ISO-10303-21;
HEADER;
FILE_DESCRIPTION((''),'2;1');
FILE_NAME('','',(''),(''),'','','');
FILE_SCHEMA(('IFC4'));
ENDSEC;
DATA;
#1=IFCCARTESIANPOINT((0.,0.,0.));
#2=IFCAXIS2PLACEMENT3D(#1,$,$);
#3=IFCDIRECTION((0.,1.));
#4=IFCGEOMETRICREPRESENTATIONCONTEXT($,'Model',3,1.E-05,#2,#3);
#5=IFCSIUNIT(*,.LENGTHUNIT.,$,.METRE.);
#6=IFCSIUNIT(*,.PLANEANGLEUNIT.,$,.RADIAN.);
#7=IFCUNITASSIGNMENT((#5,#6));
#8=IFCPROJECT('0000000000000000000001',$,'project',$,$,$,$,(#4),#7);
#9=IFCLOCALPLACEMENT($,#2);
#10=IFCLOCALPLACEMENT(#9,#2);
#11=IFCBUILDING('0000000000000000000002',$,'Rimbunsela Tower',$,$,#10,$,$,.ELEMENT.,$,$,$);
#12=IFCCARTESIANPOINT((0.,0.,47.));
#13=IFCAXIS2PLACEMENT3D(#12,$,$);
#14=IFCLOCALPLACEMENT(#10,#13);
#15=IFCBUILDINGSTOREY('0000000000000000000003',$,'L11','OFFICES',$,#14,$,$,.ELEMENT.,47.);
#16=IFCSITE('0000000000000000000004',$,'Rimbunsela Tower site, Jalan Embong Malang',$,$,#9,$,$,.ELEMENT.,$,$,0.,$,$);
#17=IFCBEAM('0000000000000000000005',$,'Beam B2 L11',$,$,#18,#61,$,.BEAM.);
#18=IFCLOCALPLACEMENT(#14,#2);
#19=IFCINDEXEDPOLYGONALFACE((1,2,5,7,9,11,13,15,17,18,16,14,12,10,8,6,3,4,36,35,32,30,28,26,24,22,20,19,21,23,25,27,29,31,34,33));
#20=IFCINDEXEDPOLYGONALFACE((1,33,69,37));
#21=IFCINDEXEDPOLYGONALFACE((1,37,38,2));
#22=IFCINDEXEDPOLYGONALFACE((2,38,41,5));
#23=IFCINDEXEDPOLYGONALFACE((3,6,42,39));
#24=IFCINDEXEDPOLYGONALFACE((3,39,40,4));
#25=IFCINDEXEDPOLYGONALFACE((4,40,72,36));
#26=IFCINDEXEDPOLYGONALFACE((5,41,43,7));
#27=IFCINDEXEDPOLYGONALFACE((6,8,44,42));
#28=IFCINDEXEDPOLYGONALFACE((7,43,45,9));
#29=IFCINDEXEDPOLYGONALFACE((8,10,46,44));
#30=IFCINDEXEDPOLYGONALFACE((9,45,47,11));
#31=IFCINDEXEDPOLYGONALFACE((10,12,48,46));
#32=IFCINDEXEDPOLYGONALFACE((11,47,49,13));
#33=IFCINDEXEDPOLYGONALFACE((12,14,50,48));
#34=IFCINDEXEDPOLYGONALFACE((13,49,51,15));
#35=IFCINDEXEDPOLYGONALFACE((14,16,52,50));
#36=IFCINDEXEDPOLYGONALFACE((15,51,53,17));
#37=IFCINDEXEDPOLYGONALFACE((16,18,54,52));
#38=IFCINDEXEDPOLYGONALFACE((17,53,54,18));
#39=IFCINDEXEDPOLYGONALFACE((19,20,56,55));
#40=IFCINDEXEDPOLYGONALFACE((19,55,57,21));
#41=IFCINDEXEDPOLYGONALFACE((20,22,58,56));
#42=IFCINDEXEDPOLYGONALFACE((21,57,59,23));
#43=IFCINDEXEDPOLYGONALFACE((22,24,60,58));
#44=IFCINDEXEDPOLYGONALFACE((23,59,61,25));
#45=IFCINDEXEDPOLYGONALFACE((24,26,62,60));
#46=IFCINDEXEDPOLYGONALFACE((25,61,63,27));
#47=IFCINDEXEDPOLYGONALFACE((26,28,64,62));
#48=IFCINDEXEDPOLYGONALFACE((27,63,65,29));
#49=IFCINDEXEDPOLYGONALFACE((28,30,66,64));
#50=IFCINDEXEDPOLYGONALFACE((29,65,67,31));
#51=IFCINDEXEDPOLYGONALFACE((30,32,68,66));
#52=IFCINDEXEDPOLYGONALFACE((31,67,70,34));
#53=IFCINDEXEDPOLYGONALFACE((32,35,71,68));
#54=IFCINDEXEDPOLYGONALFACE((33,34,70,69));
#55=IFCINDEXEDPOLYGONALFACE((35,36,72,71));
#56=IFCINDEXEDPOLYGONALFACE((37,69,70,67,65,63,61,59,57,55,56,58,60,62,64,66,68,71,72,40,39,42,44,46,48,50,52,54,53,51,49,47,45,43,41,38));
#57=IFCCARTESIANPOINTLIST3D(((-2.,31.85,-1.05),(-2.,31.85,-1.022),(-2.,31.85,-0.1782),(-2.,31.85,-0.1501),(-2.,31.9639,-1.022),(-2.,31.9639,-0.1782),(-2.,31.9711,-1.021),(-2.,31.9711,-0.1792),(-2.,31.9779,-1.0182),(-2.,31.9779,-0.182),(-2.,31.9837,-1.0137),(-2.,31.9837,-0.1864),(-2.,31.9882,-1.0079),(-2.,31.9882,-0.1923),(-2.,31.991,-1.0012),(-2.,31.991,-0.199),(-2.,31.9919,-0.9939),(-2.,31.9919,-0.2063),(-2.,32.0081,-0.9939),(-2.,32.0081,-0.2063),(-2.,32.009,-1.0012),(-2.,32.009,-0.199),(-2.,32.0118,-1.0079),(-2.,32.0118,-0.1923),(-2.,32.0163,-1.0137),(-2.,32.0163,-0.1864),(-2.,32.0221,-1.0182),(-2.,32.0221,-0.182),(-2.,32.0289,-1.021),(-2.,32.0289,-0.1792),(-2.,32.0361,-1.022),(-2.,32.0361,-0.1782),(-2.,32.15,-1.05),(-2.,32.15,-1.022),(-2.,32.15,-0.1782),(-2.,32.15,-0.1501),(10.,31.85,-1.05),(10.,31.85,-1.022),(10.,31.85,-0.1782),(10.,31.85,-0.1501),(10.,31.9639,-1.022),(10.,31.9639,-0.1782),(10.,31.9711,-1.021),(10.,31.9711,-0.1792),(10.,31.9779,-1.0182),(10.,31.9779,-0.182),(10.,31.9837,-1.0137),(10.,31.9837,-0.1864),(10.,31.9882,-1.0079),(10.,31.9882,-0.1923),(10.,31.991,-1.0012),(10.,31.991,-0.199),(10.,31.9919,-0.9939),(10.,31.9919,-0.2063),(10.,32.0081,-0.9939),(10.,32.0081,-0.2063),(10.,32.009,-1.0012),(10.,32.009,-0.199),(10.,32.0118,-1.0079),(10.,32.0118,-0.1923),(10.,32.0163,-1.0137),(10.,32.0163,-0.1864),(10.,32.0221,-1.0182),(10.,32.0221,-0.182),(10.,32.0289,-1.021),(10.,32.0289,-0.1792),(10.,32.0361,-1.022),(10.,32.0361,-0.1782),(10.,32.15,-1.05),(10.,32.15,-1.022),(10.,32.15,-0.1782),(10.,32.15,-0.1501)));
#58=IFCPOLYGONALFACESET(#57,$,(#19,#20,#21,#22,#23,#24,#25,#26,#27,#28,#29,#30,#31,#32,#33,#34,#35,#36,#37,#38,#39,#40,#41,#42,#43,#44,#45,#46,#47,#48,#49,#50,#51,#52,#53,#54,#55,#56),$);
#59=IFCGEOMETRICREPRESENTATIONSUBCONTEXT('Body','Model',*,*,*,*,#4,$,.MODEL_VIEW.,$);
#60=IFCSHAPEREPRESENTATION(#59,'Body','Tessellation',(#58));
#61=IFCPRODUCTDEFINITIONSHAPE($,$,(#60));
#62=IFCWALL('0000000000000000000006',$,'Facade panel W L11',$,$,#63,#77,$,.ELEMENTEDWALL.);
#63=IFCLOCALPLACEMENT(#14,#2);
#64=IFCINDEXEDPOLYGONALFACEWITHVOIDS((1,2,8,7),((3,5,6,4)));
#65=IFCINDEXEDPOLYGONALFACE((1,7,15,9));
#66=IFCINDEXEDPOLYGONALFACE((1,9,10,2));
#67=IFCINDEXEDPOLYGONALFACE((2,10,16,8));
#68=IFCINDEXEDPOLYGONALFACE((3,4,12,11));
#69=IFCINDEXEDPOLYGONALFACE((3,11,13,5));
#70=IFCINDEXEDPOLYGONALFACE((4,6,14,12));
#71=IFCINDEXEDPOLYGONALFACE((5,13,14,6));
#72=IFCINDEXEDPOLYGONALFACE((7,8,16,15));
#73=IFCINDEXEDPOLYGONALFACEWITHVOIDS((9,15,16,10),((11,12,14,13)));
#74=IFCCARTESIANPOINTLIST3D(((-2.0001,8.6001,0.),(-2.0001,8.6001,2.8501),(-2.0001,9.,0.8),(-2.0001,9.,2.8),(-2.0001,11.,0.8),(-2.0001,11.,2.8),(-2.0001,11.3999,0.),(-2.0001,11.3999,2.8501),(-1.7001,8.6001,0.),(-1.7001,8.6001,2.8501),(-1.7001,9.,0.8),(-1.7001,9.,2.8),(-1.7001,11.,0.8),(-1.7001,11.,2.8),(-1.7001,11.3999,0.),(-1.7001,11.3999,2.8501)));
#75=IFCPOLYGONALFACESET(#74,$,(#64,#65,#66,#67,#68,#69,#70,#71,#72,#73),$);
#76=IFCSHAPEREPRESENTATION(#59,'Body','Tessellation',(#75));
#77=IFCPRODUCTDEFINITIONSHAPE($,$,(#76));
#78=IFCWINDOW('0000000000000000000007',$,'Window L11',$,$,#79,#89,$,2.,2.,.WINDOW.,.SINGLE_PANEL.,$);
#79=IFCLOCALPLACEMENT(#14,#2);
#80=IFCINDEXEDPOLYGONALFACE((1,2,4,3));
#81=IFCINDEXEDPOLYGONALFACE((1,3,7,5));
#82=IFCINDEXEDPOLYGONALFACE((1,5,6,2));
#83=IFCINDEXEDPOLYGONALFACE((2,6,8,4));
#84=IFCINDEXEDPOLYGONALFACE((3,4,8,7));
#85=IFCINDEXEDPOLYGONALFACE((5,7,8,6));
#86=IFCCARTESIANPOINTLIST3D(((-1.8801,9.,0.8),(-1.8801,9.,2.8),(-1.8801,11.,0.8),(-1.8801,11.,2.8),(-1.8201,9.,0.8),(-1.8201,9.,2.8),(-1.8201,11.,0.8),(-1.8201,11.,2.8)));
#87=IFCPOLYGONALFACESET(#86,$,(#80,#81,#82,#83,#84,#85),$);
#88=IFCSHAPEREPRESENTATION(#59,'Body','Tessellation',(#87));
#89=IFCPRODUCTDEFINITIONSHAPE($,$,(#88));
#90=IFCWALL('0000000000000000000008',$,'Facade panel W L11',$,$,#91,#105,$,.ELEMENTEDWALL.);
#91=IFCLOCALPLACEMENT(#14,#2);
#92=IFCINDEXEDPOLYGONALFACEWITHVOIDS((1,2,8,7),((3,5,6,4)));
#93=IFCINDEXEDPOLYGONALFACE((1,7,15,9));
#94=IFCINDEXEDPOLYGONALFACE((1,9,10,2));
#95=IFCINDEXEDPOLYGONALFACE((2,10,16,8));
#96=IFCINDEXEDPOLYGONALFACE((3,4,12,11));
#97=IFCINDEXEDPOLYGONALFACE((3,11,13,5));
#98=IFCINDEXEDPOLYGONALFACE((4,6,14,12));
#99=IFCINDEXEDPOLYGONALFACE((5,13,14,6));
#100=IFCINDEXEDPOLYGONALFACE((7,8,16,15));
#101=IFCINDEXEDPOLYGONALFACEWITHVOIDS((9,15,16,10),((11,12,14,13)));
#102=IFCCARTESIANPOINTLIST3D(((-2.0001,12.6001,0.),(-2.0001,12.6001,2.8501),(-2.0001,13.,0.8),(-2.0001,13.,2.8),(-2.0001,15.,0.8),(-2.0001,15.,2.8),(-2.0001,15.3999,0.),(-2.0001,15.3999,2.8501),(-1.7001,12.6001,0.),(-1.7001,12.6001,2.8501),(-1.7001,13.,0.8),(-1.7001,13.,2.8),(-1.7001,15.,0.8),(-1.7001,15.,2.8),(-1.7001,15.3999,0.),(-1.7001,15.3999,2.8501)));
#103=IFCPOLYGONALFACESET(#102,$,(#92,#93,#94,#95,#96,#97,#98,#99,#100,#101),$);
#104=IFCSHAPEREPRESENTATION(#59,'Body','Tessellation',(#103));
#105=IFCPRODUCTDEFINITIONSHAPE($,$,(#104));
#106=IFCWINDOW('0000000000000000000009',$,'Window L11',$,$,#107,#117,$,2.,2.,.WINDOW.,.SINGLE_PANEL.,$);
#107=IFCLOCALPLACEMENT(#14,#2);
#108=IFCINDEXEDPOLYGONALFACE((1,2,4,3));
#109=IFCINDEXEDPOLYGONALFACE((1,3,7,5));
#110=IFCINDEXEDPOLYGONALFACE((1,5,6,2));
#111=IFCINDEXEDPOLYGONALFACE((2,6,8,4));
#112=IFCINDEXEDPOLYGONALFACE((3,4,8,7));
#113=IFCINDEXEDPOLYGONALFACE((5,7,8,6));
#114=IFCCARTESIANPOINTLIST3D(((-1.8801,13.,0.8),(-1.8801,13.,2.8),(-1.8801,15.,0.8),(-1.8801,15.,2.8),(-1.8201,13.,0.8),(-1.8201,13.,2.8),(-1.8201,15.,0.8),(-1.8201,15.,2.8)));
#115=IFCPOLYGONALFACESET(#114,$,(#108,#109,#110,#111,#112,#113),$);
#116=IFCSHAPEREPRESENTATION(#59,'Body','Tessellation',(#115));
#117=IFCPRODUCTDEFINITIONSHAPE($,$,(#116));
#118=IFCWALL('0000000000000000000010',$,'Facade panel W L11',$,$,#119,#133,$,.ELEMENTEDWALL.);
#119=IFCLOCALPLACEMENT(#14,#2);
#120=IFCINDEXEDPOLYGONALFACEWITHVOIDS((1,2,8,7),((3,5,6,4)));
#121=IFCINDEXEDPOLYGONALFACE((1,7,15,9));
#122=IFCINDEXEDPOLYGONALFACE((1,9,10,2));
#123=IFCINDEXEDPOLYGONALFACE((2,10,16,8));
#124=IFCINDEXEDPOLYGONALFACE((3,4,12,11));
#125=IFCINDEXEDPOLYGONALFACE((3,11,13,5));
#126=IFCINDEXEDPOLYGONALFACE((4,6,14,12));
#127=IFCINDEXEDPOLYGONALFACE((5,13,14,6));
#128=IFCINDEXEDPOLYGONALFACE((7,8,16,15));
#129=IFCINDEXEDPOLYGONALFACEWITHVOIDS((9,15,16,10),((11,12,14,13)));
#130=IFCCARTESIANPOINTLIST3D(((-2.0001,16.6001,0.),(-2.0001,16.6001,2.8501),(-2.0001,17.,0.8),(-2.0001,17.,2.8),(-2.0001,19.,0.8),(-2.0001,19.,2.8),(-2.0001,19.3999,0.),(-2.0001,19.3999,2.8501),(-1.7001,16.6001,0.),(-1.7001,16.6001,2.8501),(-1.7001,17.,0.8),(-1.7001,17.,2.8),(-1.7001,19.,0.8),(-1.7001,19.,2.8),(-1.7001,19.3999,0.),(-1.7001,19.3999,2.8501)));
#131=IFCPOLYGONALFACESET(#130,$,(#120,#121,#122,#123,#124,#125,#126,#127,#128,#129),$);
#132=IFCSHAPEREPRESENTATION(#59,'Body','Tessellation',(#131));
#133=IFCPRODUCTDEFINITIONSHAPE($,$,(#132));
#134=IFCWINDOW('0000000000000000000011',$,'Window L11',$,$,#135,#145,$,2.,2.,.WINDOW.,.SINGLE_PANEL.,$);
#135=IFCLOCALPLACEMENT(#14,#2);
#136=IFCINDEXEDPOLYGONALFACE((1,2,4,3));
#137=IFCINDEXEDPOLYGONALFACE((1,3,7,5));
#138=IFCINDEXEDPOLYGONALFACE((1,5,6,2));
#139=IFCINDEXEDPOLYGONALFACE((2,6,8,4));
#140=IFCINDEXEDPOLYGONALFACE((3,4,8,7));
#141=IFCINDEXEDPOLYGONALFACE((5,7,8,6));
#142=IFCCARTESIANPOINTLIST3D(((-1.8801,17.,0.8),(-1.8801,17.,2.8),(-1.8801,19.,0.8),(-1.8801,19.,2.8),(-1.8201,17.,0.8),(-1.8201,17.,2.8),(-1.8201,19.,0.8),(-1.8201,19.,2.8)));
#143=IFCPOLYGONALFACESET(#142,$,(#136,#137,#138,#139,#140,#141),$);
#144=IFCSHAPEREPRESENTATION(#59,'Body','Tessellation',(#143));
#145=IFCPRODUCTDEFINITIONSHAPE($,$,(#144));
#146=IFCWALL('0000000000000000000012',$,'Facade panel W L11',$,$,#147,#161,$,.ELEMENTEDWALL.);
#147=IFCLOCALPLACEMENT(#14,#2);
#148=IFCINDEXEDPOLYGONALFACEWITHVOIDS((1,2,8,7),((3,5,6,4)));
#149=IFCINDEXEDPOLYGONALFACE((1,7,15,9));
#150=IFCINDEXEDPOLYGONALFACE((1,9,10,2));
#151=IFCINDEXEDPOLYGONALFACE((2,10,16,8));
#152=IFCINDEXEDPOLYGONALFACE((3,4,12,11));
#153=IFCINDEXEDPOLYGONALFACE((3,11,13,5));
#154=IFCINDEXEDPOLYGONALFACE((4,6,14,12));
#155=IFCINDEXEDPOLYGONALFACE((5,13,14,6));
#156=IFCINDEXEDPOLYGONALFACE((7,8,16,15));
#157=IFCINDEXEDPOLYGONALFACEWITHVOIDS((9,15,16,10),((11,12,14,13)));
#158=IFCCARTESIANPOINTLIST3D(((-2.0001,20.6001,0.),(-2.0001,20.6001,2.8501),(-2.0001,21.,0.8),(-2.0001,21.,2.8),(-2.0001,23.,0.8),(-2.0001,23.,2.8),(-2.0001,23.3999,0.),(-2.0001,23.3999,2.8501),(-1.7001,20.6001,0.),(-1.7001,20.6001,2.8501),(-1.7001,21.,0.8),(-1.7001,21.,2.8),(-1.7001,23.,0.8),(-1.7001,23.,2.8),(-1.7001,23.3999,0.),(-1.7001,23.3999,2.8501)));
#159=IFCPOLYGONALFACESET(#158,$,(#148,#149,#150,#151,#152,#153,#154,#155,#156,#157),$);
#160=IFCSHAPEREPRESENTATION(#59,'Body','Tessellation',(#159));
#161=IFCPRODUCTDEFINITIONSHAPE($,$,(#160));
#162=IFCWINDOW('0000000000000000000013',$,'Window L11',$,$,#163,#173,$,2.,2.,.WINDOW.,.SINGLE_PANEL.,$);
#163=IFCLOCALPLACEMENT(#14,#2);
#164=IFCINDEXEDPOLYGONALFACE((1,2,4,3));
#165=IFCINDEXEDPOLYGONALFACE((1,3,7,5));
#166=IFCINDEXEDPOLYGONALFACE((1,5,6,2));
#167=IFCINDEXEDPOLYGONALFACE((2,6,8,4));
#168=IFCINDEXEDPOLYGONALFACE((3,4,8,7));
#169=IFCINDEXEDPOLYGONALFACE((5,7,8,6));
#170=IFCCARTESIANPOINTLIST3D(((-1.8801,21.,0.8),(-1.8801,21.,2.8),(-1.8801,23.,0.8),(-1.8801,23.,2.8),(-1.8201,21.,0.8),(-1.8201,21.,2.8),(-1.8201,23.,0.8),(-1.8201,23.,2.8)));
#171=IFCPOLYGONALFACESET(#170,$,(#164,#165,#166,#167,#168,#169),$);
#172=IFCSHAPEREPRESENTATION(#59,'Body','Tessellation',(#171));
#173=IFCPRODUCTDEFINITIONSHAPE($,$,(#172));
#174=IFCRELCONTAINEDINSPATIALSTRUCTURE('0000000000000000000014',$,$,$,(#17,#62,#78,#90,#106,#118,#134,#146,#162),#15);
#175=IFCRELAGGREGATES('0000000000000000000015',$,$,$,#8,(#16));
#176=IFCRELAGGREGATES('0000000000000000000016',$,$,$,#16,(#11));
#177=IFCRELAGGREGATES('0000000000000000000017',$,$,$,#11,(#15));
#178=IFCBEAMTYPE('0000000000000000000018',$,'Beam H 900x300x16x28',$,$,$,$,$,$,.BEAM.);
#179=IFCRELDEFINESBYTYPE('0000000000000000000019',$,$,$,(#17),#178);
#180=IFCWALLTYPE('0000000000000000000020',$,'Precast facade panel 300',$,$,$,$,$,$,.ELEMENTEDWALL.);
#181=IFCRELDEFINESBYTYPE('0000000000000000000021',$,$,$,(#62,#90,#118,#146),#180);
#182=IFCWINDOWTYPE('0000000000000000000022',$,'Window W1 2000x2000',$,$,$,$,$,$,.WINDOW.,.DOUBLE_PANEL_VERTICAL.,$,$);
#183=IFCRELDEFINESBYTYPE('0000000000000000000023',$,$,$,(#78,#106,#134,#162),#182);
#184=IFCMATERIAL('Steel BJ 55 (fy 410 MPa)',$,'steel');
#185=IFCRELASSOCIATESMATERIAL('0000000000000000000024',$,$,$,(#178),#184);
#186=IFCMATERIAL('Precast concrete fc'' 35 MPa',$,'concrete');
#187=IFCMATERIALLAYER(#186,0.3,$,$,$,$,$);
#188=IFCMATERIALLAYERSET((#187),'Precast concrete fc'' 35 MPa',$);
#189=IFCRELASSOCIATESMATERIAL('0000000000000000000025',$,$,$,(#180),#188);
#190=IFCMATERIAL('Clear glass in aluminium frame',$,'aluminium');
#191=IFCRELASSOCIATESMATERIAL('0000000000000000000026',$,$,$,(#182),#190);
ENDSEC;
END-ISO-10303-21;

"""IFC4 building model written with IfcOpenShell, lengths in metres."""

from ifc_helpers import new_model, si_unit, direction, frame, frame_2d, origin, origin_2d, place, context, subcontext, project, spatial, rectangle, i_section, extrude, material, layer, layer_set, material_profile, profile_set, type_object, element, fill, save


model = new_model("IFC4")

# Units and contexts
model_context = context("Model", 3, precision=1e-05, world=origin(), true_north=direction((0.0, 1.0)))
body_context = subcontext(model_context, "Body", "Model", "MODEL_VIEW")
ifc_project = project(units=[si_unit("LENGTHUNIT", "METRE"), si_unit("PLANEANGLEUNIT", "RADIAN")], contexts=[model_context])

# Site, building, storey
site_placement = place(None, origin())
site = spatial("IfcSite", under=ifc_project, at=site_placement, Name="Rimbunsela Tower site, Jalan Embong Malang", CompositionType="ELEMENT", RefElevation=0.0)
building_placement = place(site_placement, origin())
building = spatial("IfcBuilding", under=site, at=building_placement, Name="Rimbunsela Tower", CompositionType="ELEMENT")
storey_placement = place(building_placement, frame((0.0, 0.0, 47.0)))
storey = spatial("IfcBuildingStorey", under=building, at=storey_placement, Name="L11", Description="OFFICES", CompositionType="ELEMENT", Elevation=47.0)

# Beam
ifc_material_1 = material(Name="Steel BJ 55 (fy 410 MPa)", Category="steel")
ifc_material_profile_1 = material_profile(ifc_material_1, i_section(OverallWidth=0.3, OverallDepth=0.8999, WebThickness=0.0161, FlangeThickness=0.0281, FilletRadius=0.0281, at=origin_2d()), Name="H 900x300x16x28")
ifc_profile_set_1 = profile_set([ifc_material_profile_1], Name="Steel BJ 55 (fy 410 MPa)")
beam_type_1 = type_object("IfcBeamType", Name="Beam H 900x300x16x28", PredefinedType="BEAM", material=ifc_profile_set_1)
beam_1_placement = place(storey_placement, frame((-2.0, 32.0, -0.6001), z_axis=(1.0, 0.0, 0.0), x_axis=(0.0, 1.0, 0.0)))
element("IfcBeam", 1, at=beam_1_placement, inside=storey, type_object=beam_type_1, Name="Beam B2 L11", PredefinedType="BEAM", context=body_context, shape_type="SweptSolid", body=[
    extrude(i_section(OverallWidth=0.3, OverallDepth=0.8999, WebThickness=0.0161, FlangeThickness=0.0281, FilletRadius=0.0281, at=origin_2d()), origin(), (0.0, 0.0, 1.0), 12.0),
])

# Walls, openings, windows
ifc_material_2 = material(Name="Precast concrete fc' 35 MPa", Category="concrete")
ifc_layer_1 = layer(ifc_material_2, 0.3)
ifc_layer_set_1 = layer_set([ifc_layer_1], Name="Precast concrete fc' 35 MPa")
wall_type = type_object("IfcWallType", Name="Precast facade panel 300", PredefinedType="ELEMENTEDWALL", material=ifc_layer_set_1)
wall_1_placement = place(storey_placement, frame((-1.8501, 11.3999, 0.0), z_axis=(0.0, 0.0, 1.0), x_axis=(0.0, -1.0, 0.0)))
wall_1 = element("IfcWall", 2, at=wall_1_placement, inside=storey, type_object=wall_type, Name="Facade panel W L11", PredefinedType="ELEMENTEDWALL", context=body_context, shape_type="SweptSolid", body=[
    extrude(rectangle(XDim=2.7998, YDim=0.3, at=frame_2d((1.3999, 0.0))), origin(), (0.0, 0.0, 1.0), 2.8501),
])
opening_1_placement = place(wall_1_placement, frame((0.3999, 0.0, 0.8)))
opening_1 = element("IfcOpeningElement", 3, at=opening_1_placement, cuts=wall_1, PredefinedType="OPENING", context=body_context, shape_type="SweptSolid", body=[
    extrude(rectangle(XDim=2.0, YDim=2.0, at=frame_2d((1.0, 1.0))), frame((0.0, 0.1599, 0.0), z_axis=(0.0, -1.0, 0.0), x_axis=(1.0, 0.0, 0.0)), (0.0, 0.0, 1.0), 0.3201),
])
ifc_material_3 = material(Name="Clear glass in aluminium frame", Category="aluminium")
window_type = type_object("IfcWindowType", Name="Window W1 2000x2000", PartitioningType="DOUBLE_PANEL_VERTICAL", PredefinedType="WINDOW", material=ifc_material_3)
window_1_placement = place(opening_1_placement, origin())
window_1 = element("IfcWindow", 4, at=window_1_placement, inside=storey, type_object=window_type, Name="Window L11", OverallHeight=2.0, OverallWidth=2.0, PartitioningType="SINGLE_PANEL", PredefinedType="WINDOW", context=body_context, shape_type="SweptSolid", body=[
    extrude(rectangle(XDim=2.0, YDim=2.0, at=frame_2d((1.0, 1.0))), frame((0.0, 0.03, 0.0), z_axis=(0.0, -1.0, 0.0), x_axis=(1.0, 0.0, 0.0)), (0.0, 0.0, 1.0), 0.0601),
])
fill(opening_1, window_1)
wall_2_placement = place(storey_placement, frame((-1.8501, 15.3999, 0.0), z_axis=(0.0, 0.0, 1.0), x_axis=(0.0, -1.0, 0.0)))
wall_2 = element("IfcWall", 5, at=wall_2_placement, inside=storey, type_object=wall_type, Name="Facade panel W L11", PredefinedType="ELEMENTEDWALL", context=body_context, shape_type="SweptSolid", body=[
    extrude(rectangle(XDim=2.7998, YDim=0.3, at=frame_2d((1.3999, 0.0))), origin(), (0.0, 0.0, 1.0), 2.8501),
])
opening_2_placement = place(wall_2_placement, frame((0.3999, 0.0, 0.8)))
opening_2 = element("IfcOpeningElement", 6, at=opening_2_placement, cuts=wall_2, PredefinedType="OPENING", context=body_context, shape_type="SweptSolid", body=[
    extrude(rectangle(XDim=2.0, YDim=2.0, at=frame_2d((1.0, 1.0))), frame((0.0, 0.1599, 0.0), z_axis=(0.0, -1.0, 0.0), x_axis=(1.0, 0.0, 0.0)), (0.0, 0.0, 1.0), 0.3201),
])
window_2_placement = place(opening_2_placement, origin())
window_2 = element("IfcWindow", 7, at=window_2_placement, inside=storey, type_object=window_type, Name="Window L11", OverallHeight=2.0, OverallWidth=2.0, PartitioningType="SINGLE_PANEL", PredefinedType="WINDOW", context=body_context, shape_type="SweptSolid", body=[
    extrude(rectangle(XDim=2.0, YDim=2.0, at=frame_2d((1.0, 1.0))), frame((0.0, 0.03, 0.0), z_axis=(0.0, -1.0, 0.0), x_axis=(1.0, 0.0, 0.0)), (0.0, 0.0, 1.0), 0.0601),
])
fill(opening_2, window_2)
wall_3_placement = place(storey_placement, frame((-1.8501, 19.3999, 0.0), z_axis=(0.0, 0.0, 1.0), x_axis=(0.0, -1.0, 0.0)))
wall_3 = element("IfcWall", 8, at=wall_3_placement, inside=storey, type_object=wall_type, Name="Facade panel W L11", PredefinedType="ELEMENTEDWALL", context=body_context, shape_type="SweptSolid", body=[
    extrude(rectangle(XDim=2.7998, YDim=0.3, at=frame_2d((1.3999, 0.0))), origin(), (0.0, 0.0, 1.0), 2.8501),
])
opening_3_placement = place(wall_3_placement, frame((0.3999, 0.0, 0.8)))
opening_3 = element("IfcOpeningElement", 9, at=opening_3_placement, cuts=wall_3, PredefinedType="OPENING", context=body_context, shape_type="SweptSolid", body=[
    extrude(rectangle(XDim=2.0, YDim=2.0, at=frame_2d((1.0, 1.0))), frame((0.0, 0.1599, 0.0), z_axis=(0.0, -1.0, 0.0), x_axis=(1.0, 0.0, 0.0)), (0.0, 0.0, 1.0), 0.3201),
])
window_3_placement = place(opening_3_placement, origin())
window_3 = element("IfcWindow", 10, at=window_3_placement, inside=storey, type_object=window_type, Name="Window L11", OverallHeight=2.0, OverallWidth=2.0, PartitioningType="SINGLE_PANEL", PredefinedType="WINDOW", context=body_context, shape_type="SweptSolid", body=[
    extrude(rectangle(XDim=2.0, YDim=2.0, at=frame_2d((1.0, 1.0))), frame((0.0, 0.03, 0.0), z_axis=(0.0, -1.0, 0.0), x_axis=(1.0, 0.0, 0.0)), (0.0, 0.0, 1.0), 0.0601),
])
fill(opening_3, window_3)
wall_4_placement = place(storey_placement, frame((-1.8501, 23.3999, 0.0), z_axis=(0.0, 0.0, 1.0), x_axis=(0.0, -1.0, 0.0)))
wall_4 = element("IfcWall", 11, at=wall_4_placement, inside=storey, type_object=wall_type, Name="Facade panel W L11", PredefinedType="ELEMENTEDWALL", context=body_context, shape_type="SweptSolid", body=[
    extrude(rectangle(XDim=2.7998, YDim=0.3, at=frame_2d((1.3999, 0.0))), origin(), (0.0, 0.0, 1.0), 2.8501),
])
opening_4_placement = place(wall_4_placement, frame((0.3999, 0.0, 0.8)))
opening_4 = element("IfcOpeningElement", 12, at=opening_4_placement, cuts=wall_4, PredefinedType="OPENING", context=body_context, shape_type="SweptSolid", body=[
    extrude(rectangle(XDim=2.0, YDim=2.0, at=frame_2d((1.0, 1.0))), frame((0.0, 0.1599, 0.0), z_axis=(0.0, -1.0, 0.0), x_axis=(1.0, 0.0, 0.0)), (0.0, 0.0, 1.0), 0.3201),
])
window_4_placement = place(opening_4_placement, origin())
window_4 = element("IfcWindow", 13, at=window_4_placement, inside=storey, type_object=window_type, Name="Window L11", OverallHeight=2.0, OverallWidth=2.0, PartitioningType="SINGLE_PANEL", PredefinedType="WINDOW", context=body_context, shape_type="SweptSolid", body=[
    extrude(rectangle(XDim=2.0, YDim=2.0, at=frame_2d((1.0, 1.0))), frame((0.0, 0.03, 0.0), z_axis=(0.0, -1.0, 0.0), x_axis=(1.0, 0.0, 0.0)), (0.0, 0.0, 1.0), 0.0601),
])
fill(opening_4, window_4)

save(model, "model.ifc")
